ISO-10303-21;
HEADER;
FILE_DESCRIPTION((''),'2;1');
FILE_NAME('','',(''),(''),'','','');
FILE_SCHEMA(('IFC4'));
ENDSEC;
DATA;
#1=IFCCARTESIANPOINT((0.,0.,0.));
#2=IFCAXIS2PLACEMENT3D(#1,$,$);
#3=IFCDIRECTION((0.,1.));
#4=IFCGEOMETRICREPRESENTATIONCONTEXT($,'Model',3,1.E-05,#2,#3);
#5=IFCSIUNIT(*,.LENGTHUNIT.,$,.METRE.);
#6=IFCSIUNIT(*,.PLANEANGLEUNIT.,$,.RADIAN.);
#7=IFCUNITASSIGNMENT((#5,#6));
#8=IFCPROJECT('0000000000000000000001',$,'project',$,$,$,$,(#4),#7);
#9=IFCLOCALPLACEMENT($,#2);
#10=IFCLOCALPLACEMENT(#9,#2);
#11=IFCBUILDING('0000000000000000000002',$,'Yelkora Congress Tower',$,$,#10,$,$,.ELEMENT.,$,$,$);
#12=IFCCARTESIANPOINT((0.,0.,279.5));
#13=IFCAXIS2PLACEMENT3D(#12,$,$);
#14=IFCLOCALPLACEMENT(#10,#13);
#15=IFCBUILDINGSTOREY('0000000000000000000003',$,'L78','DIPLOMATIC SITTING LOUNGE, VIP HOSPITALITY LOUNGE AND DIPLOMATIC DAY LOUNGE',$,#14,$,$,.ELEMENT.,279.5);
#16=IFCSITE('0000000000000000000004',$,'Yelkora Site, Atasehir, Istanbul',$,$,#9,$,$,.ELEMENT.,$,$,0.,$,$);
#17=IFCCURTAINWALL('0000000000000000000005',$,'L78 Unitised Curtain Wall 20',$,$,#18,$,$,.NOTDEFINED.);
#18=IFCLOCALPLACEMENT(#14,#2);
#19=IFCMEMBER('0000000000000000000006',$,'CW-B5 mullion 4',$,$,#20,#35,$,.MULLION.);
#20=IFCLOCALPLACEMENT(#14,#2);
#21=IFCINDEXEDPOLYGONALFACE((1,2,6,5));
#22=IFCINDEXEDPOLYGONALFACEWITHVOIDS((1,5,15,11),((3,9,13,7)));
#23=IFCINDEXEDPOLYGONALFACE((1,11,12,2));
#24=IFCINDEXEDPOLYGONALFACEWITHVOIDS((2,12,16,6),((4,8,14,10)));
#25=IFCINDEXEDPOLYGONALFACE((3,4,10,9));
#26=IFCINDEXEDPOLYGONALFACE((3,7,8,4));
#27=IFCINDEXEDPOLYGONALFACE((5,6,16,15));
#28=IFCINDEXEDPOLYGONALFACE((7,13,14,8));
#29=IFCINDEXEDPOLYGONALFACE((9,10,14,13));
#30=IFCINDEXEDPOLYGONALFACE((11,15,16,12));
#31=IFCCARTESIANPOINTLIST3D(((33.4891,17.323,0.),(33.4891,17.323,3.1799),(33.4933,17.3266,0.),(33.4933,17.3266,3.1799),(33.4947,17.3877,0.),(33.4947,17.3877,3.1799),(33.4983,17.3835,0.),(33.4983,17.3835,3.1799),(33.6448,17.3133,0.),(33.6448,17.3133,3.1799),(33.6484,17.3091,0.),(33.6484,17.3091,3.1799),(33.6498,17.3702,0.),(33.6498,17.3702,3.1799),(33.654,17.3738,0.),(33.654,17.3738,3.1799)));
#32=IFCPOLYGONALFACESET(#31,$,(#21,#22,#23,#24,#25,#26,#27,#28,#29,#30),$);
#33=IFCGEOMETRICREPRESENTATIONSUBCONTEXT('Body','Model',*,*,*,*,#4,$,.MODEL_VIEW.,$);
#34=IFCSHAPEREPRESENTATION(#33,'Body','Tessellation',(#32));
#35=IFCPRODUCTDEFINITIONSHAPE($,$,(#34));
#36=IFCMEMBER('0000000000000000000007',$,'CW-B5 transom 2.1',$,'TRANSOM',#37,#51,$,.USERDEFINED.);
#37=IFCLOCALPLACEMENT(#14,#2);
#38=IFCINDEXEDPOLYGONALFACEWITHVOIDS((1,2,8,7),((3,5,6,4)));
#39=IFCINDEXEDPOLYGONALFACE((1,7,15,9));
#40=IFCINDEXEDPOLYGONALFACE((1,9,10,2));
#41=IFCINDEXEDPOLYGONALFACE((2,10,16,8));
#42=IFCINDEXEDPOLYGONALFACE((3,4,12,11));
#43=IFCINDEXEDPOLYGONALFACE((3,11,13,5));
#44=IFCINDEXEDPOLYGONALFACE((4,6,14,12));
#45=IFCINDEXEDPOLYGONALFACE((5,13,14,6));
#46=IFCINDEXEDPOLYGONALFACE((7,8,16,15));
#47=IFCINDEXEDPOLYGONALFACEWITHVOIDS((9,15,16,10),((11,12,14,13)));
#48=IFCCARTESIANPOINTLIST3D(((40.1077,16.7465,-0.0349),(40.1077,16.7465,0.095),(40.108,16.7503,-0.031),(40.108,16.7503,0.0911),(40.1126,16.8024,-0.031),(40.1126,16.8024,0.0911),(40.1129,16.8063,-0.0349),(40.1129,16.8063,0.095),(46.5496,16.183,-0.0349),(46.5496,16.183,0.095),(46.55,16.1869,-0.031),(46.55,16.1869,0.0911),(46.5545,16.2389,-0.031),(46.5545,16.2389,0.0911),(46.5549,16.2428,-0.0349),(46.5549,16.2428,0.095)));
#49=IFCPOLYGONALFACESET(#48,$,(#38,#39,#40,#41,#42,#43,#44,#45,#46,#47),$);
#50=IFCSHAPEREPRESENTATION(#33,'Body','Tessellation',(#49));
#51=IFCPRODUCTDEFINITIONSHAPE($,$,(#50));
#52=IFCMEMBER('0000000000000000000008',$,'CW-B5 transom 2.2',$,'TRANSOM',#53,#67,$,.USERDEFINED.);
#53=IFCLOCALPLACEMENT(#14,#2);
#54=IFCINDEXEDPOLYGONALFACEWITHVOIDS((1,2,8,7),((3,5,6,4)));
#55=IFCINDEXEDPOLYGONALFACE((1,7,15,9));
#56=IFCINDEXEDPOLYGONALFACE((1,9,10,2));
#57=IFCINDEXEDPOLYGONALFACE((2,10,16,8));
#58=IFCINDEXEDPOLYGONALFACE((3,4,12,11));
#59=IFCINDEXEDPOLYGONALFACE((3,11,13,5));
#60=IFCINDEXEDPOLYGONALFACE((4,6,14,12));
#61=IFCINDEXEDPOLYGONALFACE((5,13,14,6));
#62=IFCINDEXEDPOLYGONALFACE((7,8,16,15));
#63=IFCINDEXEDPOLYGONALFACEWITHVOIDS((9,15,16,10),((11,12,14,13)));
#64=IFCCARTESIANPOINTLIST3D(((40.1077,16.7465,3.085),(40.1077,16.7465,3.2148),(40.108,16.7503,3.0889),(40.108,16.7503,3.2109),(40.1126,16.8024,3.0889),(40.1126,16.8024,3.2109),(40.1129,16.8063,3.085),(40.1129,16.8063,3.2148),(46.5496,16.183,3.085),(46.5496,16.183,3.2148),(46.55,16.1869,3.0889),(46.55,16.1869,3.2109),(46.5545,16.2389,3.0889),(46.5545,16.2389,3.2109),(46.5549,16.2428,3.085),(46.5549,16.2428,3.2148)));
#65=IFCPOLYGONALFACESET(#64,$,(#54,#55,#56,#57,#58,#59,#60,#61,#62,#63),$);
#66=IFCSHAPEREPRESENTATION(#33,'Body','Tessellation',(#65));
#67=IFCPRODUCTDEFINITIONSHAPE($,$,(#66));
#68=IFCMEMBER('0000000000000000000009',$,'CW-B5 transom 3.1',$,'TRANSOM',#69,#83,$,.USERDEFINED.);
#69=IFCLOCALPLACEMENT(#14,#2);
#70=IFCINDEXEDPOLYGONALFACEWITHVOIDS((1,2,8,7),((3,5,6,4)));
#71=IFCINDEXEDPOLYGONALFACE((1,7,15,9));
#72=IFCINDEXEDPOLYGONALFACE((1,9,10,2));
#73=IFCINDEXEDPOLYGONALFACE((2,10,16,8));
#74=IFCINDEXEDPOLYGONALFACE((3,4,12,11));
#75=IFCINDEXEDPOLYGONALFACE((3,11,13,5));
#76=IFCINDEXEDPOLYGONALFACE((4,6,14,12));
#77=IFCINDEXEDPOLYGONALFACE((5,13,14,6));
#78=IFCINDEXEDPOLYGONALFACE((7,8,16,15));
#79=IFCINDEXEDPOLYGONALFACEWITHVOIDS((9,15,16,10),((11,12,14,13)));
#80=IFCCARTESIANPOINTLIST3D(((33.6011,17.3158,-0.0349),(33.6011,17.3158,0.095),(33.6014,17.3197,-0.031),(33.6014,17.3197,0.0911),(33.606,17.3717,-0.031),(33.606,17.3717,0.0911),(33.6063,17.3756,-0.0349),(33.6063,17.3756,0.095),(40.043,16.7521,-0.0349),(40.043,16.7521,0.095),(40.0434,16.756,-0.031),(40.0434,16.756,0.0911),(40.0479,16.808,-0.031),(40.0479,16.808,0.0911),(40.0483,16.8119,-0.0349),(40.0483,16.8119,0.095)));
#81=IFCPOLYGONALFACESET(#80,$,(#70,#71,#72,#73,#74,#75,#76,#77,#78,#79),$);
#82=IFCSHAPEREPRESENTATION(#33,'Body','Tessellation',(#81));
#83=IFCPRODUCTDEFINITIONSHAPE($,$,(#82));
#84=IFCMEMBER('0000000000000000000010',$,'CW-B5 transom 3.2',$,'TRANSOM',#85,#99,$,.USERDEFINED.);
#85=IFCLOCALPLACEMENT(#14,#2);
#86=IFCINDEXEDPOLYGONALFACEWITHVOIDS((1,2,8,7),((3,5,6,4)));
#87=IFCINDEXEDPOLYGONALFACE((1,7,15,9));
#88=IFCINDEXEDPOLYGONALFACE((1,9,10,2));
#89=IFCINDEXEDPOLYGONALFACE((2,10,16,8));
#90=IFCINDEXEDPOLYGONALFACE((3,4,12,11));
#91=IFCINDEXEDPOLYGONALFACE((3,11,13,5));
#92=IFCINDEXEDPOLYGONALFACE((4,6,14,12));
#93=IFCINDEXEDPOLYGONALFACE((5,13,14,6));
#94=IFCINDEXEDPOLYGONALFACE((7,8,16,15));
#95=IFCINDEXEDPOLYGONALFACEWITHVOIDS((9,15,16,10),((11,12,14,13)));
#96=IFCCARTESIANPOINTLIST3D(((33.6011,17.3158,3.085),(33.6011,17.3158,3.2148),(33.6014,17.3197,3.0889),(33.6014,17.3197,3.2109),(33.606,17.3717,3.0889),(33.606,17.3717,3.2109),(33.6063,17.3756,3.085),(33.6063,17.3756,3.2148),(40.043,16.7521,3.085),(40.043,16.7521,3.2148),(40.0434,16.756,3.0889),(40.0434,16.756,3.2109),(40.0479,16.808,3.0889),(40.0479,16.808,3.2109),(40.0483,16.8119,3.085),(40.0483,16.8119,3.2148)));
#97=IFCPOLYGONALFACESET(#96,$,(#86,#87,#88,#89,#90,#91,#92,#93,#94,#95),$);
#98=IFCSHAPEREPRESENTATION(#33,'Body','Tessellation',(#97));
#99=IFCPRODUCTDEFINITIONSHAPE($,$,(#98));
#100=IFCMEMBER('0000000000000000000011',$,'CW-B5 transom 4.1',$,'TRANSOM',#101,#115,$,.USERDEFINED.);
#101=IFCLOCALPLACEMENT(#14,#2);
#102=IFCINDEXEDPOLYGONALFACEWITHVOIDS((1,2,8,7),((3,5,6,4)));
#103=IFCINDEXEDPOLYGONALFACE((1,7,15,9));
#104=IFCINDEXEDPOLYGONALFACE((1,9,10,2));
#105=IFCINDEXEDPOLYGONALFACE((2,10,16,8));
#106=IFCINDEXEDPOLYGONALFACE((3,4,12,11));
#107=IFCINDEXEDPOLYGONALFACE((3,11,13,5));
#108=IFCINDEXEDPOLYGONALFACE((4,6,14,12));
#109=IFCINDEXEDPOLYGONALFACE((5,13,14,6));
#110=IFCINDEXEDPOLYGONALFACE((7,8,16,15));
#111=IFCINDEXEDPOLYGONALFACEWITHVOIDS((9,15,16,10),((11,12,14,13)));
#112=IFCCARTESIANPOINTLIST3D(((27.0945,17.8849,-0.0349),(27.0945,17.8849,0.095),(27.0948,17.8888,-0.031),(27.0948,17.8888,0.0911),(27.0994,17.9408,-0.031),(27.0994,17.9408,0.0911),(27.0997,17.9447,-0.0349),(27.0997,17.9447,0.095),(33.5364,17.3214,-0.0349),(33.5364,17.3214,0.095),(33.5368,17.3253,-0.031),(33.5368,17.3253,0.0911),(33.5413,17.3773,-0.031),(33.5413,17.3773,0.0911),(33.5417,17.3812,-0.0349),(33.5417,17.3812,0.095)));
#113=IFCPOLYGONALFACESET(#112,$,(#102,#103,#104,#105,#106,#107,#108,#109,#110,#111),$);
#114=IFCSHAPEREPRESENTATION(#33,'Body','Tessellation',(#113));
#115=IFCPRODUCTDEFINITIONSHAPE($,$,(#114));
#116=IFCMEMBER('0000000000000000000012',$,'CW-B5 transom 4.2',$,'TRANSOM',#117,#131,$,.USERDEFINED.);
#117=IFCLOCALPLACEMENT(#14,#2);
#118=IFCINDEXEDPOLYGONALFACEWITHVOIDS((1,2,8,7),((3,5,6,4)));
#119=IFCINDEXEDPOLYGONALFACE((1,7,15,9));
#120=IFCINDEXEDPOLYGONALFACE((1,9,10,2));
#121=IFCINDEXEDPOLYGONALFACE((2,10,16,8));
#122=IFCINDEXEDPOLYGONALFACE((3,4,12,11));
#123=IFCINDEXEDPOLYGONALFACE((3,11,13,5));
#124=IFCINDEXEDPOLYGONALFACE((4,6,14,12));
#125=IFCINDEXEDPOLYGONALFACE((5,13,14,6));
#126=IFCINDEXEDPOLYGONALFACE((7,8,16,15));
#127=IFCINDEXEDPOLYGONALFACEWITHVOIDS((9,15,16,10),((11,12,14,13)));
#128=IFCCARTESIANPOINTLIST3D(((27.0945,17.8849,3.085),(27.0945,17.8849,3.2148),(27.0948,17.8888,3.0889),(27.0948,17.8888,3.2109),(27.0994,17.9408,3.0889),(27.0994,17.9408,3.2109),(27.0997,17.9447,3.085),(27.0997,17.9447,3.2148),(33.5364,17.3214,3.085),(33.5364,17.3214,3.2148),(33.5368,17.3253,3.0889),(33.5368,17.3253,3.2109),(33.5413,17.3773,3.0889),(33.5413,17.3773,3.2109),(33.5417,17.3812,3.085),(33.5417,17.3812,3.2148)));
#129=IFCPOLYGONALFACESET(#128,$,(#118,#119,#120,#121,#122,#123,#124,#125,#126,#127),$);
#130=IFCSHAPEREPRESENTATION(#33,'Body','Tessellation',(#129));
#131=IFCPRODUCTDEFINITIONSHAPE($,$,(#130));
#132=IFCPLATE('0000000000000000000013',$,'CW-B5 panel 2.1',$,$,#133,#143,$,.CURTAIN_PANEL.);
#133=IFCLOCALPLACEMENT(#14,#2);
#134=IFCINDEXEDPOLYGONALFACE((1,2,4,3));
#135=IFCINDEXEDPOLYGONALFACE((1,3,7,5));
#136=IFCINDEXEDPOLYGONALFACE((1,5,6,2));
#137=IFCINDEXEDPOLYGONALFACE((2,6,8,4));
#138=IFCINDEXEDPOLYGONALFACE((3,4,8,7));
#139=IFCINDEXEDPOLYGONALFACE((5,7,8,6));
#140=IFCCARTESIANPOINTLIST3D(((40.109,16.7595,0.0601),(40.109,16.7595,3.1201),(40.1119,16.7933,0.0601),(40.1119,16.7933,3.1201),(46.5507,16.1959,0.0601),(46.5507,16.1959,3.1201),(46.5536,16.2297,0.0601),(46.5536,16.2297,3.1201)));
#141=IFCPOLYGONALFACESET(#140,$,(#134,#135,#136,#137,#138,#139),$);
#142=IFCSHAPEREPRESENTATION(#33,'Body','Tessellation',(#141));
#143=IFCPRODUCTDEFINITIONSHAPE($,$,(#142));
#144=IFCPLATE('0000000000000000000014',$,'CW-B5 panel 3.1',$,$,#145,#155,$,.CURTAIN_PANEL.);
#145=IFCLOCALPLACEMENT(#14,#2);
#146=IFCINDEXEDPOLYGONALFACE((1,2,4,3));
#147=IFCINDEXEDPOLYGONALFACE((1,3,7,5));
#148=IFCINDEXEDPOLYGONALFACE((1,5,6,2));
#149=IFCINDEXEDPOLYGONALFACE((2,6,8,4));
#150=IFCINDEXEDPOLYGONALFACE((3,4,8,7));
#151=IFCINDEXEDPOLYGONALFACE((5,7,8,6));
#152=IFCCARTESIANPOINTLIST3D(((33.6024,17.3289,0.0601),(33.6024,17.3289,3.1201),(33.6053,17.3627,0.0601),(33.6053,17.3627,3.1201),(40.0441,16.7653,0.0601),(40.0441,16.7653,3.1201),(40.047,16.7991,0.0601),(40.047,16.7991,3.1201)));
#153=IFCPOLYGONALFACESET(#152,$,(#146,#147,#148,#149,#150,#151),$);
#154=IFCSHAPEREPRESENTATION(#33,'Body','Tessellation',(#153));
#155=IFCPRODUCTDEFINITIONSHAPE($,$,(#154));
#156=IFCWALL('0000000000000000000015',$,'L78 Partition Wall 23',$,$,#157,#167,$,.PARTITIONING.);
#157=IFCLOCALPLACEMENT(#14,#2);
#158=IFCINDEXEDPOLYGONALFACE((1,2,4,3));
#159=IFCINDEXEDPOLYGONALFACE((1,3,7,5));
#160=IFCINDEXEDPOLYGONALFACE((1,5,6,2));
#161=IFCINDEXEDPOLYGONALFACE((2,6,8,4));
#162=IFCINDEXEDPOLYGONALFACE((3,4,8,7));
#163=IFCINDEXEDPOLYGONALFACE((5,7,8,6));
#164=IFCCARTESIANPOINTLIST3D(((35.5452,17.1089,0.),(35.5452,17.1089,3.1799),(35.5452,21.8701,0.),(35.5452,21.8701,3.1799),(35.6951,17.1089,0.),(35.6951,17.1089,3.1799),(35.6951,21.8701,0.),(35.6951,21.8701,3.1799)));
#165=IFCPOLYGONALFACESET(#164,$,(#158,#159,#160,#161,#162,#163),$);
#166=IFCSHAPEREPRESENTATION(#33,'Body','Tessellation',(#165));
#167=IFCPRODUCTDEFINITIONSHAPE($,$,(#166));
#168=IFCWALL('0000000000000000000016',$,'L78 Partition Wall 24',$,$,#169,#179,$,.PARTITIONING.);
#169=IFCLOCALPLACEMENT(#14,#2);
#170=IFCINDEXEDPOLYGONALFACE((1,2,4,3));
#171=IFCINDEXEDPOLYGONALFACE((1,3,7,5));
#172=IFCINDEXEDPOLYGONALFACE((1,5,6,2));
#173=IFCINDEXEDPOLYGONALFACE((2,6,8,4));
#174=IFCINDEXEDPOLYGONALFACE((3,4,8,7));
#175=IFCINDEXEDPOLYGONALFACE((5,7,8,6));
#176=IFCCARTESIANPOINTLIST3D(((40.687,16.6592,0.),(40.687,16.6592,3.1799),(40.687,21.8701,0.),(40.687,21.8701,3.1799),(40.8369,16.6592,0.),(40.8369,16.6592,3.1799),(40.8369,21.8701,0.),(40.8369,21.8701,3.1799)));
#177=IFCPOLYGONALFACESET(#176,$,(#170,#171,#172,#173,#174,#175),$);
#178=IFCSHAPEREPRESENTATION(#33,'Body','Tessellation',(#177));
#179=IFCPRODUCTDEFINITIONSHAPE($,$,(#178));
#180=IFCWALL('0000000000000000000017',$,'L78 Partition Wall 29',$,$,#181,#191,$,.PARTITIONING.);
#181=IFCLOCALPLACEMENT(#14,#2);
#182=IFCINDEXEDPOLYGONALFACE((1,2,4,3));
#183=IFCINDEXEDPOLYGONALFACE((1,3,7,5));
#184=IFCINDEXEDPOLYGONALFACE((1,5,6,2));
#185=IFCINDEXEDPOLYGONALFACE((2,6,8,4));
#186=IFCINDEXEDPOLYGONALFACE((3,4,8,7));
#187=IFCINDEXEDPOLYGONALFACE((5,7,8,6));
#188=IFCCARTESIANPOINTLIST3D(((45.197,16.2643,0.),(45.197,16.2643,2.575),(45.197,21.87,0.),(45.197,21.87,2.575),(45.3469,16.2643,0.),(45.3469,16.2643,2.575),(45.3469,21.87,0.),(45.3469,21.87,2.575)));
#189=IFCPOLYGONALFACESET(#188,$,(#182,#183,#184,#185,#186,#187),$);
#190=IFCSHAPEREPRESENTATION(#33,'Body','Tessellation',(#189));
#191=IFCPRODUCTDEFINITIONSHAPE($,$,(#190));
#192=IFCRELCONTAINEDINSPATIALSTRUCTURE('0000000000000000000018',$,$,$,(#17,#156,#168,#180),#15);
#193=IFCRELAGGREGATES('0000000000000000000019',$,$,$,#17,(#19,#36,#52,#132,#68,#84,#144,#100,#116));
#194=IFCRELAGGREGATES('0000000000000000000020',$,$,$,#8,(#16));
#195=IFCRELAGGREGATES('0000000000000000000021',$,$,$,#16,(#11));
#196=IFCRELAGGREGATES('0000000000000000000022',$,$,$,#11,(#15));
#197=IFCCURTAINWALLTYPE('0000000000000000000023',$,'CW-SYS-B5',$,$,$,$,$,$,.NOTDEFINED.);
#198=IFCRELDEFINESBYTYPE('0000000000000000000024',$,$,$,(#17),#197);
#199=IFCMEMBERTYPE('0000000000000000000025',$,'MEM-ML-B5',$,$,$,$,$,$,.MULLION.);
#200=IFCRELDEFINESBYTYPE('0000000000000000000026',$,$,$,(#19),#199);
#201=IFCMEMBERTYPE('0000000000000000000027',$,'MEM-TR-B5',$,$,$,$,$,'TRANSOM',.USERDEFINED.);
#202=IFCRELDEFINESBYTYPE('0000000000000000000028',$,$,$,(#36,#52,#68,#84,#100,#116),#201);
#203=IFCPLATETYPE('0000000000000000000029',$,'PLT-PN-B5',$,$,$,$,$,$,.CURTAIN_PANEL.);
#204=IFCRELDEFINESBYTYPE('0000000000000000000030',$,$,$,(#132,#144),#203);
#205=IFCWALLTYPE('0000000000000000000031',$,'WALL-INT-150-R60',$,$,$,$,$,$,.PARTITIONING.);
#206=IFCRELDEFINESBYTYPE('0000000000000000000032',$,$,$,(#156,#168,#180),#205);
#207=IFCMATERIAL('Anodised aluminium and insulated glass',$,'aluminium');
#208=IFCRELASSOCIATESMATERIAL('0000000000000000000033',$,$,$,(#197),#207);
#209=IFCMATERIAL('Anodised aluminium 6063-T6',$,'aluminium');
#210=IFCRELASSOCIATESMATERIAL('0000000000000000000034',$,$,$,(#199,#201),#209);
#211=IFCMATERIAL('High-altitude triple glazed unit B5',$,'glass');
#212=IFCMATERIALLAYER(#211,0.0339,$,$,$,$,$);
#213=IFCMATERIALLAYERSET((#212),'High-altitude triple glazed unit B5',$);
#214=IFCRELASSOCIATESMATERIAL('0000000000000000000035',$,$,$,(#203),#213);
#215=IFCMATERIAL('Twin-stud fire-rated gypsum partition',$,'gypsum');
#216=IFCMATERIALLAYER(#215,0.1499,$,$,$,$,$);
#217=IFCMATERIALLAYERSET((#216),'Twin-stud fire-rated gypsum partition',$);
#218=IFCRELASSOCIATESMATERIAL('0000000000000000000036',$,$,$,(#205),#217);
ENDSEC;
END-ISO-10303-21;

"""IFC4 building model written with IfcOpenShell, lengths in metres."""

from ifc_helpers import new_model, si_unit, direction, frame, frame_2d, origin, origin_2d, place, context, subcontext, project, spatial, rectangle, hollow_rectangle, extrude, material, layer, layer_set, material_profile, profile_set, type_object, element, aggregate, save


model = new_model("IFC4")

# Units and contexts
model_context = context("Model", 3, precision=1e-05, world=origin(), true_north=direction((0.0, 1.0)))
body_context = subcontext(model_context, "Body", "Model", "MODEL_VIEW")
ifc_project = project(units=[si_unit("LENGTHUNIT", "METRE"), si_unit("PLANEANGLEUNIT", "RADIAN")], contexts=[model_context])

# Site, building, storey
site_placement = place(None, origin())
site = spatial("IfcSite", under=ifc_project, at=site_placement, Name="Yelkora Site, Atasehir, Istanbul", CompositionType="ELEMENT", RefElevation=0.0)
building_placement = place(site_placement, origin())
building = spatial("IfcBuilding", under=site, at=building_placement, Name="Yelkora Congress Tower", CompositionType="ELEMENT")
storey_placement = place(building_placement, frame((0.0, 0.0, 279.5)))
storey = spatial("IfcBuildingStorey", under=building, at=storey_placement, Name="L78", Description="DIPLOMATIC SITTING LOUNGE, VIP HOSPITALITY LOUNGE AND DIPLOMATIC DAY LOUNGE", CompositionType="ELEMENT", Elevation=279.5)

# Curtain wall, members, plates
ifc_material_1 = material(Name="Anodised aluminium and insulated glass", Category="aluminium")
curtain_wall_type = type_object("IfcCurtainWallType", Name="CW-SYS-B5", PredefinedType="NOTDEFINED", material=ifc_material_1)
curtain_wall_placement = place(storey_placement, origin())
curtain_wall = element("IfcCurtainWall", 1, at=curtain_wall_placement, inside=storey, type_object=curtain_wall_type, Name="L78 Unitised Curtain Wall 20", PredefinedType="NOTDEFINED")
ifc_material_2 = material(Name="Anodised aluminium 6063-T6", Category="aluminium")
ifc_material_profile_1 = material_profile(ifc_material_2, hollow_rectangle(XDim=0.0649, YDim=0.1599, WallThickness=0.0039, at=origin_2d()), Name="ALU 65x160x4")
ifc_profile_set_1 = profile_set([ifc_material_profile_1], Name="Anodised aluminium 6063-T6")
member_type_1 = type_object("IfcMemberType", Name="MEM-ML-B5", PredefinedType="MULLION", material=ifc_profile_set_1)
member_1_placement = place(storey_placement, frame((33.5715, 17.3484, 0.0), z_axis=(0.0, 0.0, 1.0), x_axis=(-0.087157, -0.996195, 0.0)))
member_1 = element("IfcMember", 2, at=member_1_placement, type_object=member_type_1, Name="CW-B5 mullion 4", PredefinedType="MULLION", context=body_context, shape_type="SweptSolid", body=[
    extrude(hollow_rectangle(XDim=0.0649, YDim=0.1599, WallThickness=0.0039, at=origin_2d()), origin(), (0.0, 0.0, 1.0), 3.1799),
])
ifc_material_profile_2 = material_profile(ifc_material_2, hollow_rectangle(XDim=0.0601, YDim=0.1299, WallThickness=0.0039, at=origin_2d()), Name="ALU 60x130x4")
ifc_profile_set_2 = profile_set([ifc_material_profile_2], Name="Anodised aluminium 6063-T6")
member_type_2 = type_object("IfcMemberType", Name="MEM-TR-B5", ElementType="TRANSOM", PredefinedType="USERDEFINED", material=ifc_profile_set_2)
member_2_placement = place(storey_placement, frame((46.5522, 16.2129, 0.03), z_axis=(-0.996196, 0.087138, 0.0), x_axis=(-0.087138, -0.996196, 0.0)))
member_2 = element("IfcMember", 3, at=member_2_placement, type_object=member_type_2, Name="CW-B5 transom 2.1", ObjectType="TRANSOM", PredefinedType="USERDEFINED", context=body_context, shape_type="SweptSolid", body=[
    extrude(hollow_rectangle(XDim=0.0601, YDim=0.1299, WallThickness=0.0039, at=origin_2d()), origin(), (0.0, 0.0, 1.0), 6.4666),
])
member_3_placement = place(storey_placement, frame((46.5522, 16.2129, 3.1499), z_axis=(-0.996196, 0.087138, 0.0), x_axis=(-0.087138, -0.996196, 0.0)))
member_3 = element("IfcMember", 4, at=member_3_placement, type_object=member_type_2, Name="CW-B5 transom 2.2", ObjectType="TRANSOM", PredefinedType="USERDEFINED", context=body_context, shape_type="SweptSolid", body=[
    extrude(hollow_rectangle(XDim=0.0601, YDim=0.1299, WallThickness=0.0039, at=origin_2d()), origin(), (0.0, 0.0, 1.0), 6.4666),
])
member_4_placement = place(storey_placement, frame((40.0457, 16.782, 0.03), z_axis=(-0.996193, 0.087175, 0.0), x_axis=(-0.087175, -0.996193, 0.0)))
member_4 = element("IfcMember", 5, at=member_4_placement, type_object=member_type_2, Name="CW-B5 transom 3.1", ObjectType="TRANSOM", PredefinedType="USERDEFINED", context=body_context, shape_type="SweptSolid", body=[
    extrude(hollow_rectangle(XDim=0.0601, YDim=0.1299, WallThickness=0.0039, at=origin_2d()), origin(), (0.0, 0.0, 1.0), 6.4666),
])
member_5_placement = place(storey_placement, frame((40.0457, 16.782, 3.1499), z_axis=(-0.996193, 0.087175, 0.0), x_axis=(-0.087175, -0.996193, 0.0)))
member_5 = element("IfcMember", 6, at=member_5_placement, type_object=member_type_2, Name="CW-B5 transom 3.2", ObjectType="TRANSOM", PredefinedType="USERDEFINED", context=body_context, shape_type="SweptSolid", body=[
    extrude(hollow_rectangle(XDim=0.0601, YDim=0.1299, WallThickness=0.0039, at=origin_2d()), origin(), (0.0, 0.0, 1.0), 6.4666),
])
member_6_placement = place(storey_placement, frame((33.5391, 17.3513, 0.03), z_axis=(-0.996196, 0.087138, 0.0), x_axis=(-0.087138, -0.996196, 0.0)))
member_6 = element("IfcMember", 7, at=member_6_placement, type_object=member_type_2, Name="CW-B5 transom 4.1", ObjectType="TRANSOM", PredefinedType="USERDEFINED", context=body_context, shape_type="SweptSolid", body=[
    extrude(hollow_rectangle(XDim=0.0601, YDim=0.1299, WallThickness=0.0039, at=origin_2d()), origin(), (0.0, 0.0, 1.0), 6.4666),
])
member_7_placement = place(storey_placement, frame((33.5391, 17.3513, 3.1499), z_axis=(-0.996196, 0.087138, 0.0), x_axis=(-0.087138, -0.996196, 0.0)))
member_7 = element("IfcMember", 8, at=member_7_placement, type_object=member_type_2, Name="CW-B5 transom 4.2", ObjectType="TRANSOM", PredefinedType="USERDEFINED", context=body_context, shape_type="SweptSolid", body=[
    extrude(hollow_rectangle(XDim=0.0601, YDim=0.1299, WallThickness=0.0039, at=origin_2d()), origin(), (0.0, 0.0, 1.0), 6.4666),
])
ifc_material_3 = material(Name="High-altitude triple glazed unit B5", Category="glass")
ifc_layer_1 = layer(ifc_material_3, 0.0339)
ifc_layer_set_1 = layer_set([ifc_layer_1], Name="High-altitude triple glazed unit B5")
plate_type = type_object("IfcPlateType", Name="PLT-PN-B5", PredefinedType="CURTAIN_PANEL", material=ifc_layer_set_1)
plate_1_placement = place(storey_placement, frame((43.3313, 16.4946, 0.0601), z_axis=(0.0, 0.0, 1.0), x_axis=(-0.996195, 0.087157, 0.0)))
plate_1 = element("IfcPlate", 9, at=plate_1_placement, type_object=plate_type, Name="CW-B5 panel 2.1", PredefinedType="CURTAIN_PANEL", context=body_context, shape_type="SweptSolid", body=[
    extrude(rectangle(XDim=6.4663, YDim=0.0339, at=origin_2d()), origin(), (0.0, 0.0, 1.0), 3.0601),
])
plate_2_placement = place(storey_placement, frame((36.8247, 17.064, 0.0601), z_axis=(0.0, 0.0, 1.0), x_axis=(-0.996195, 0.087157, 0.0)))
plate_2 = element("IfcPlate", 10, at=plate_2_placement, type_object=plate_type, Name="CW-B5 panel 3.1", PredefinedType="CURTAIN_PANEL", context=body_context, shape_type="SweptSolid", body=[
    extrude(rectangle(XDim=6.4663, YDim=0.0339, at=origin_2d()), origin(), (0.0, 0.0, 1.0), 3.0601),
])
aggregate(curtain_wall, [member_1, member_2, member_3, plate_1, member_4, member_5, plate_2, member_6, member_7])

# Walls
ifc_material_4 = material(Name="Twin-stud fire-rated gypsum partition", Category="gypsum")
ifc_layer_2 = layer(ifc_material_4, 0.1499)
ifc_layer_set_2 = layer_set([ifc_layer_2], Name="Twin-stud fire-rated gypsum partition")
wall_type = type_object("IfcWallType", Name="WALL-INT-150-R60", PredefinedType="PARTITIONING", material=ifc_layer_set_2)
wall_1_placement = place(storey_placement, frame((35.6201, 17.1089, 0.0), z_axis=(0.0, 0.0, 1.0), x_axis=(0.0, 1.0, 0.0)))
element("IfcWall", 11, at=wall_1_placement, inside=storey, type_object=wall_type, Name="L78 Partition Wall 23", PredefinedType="PARTITIONING", context=body_context, shape_type="SweptSolid", body=[
    extrude(rectangle(XDim=4.7612, YDim=0.1499, at=frame_2d((2.3806, 0.0))), origin(), (0.0, 0.0, 1.0), 3.1799),
])
wall_2_placement = place(storey_placement, frame((40.762, 16.6592, 0.0), z_axis=(0.0, 0.0, 1.0), x_axis=(0.0, 1.0, 0.0)))
element("IfcWall", 12, at=wall_2_placement, inside=storey, type_object=wall_type, Name="L78 Partition Wall 24", PredefinedType="PARTITIONING", context=body_context, shape_type="SweptSolid", body=[
    extrude(rectangle(XDim=5.2109, YDim=0.1499, at=frame_2d((2.6055, 0.0))), origin(), (0.0, 0.0, 1.0), 3.1799),
])
wall_3_placement = place(storey_placement, frame((45.272, 16.2644, 0.0), z_axis=(0.0, 0.0, 1.0), x_axis=(0.0, 1.0, 0.0)))
element("IfcWall", 13, at=wall_3_placement, inside=storey, type_object=wall_type, Name="L78 Partition Wall 29", PredefinedType="PARTITIONING", context=body_context, shape_type="SweptSolid", body=[
    extrude(rectangle(XDim=5.6057, YDim=0.1499, at=frame_2d((2.8027, 0.0))), origin(), (0.0, 0.0, 1.0), 2.575),
])

save(model, "model.ifc")
